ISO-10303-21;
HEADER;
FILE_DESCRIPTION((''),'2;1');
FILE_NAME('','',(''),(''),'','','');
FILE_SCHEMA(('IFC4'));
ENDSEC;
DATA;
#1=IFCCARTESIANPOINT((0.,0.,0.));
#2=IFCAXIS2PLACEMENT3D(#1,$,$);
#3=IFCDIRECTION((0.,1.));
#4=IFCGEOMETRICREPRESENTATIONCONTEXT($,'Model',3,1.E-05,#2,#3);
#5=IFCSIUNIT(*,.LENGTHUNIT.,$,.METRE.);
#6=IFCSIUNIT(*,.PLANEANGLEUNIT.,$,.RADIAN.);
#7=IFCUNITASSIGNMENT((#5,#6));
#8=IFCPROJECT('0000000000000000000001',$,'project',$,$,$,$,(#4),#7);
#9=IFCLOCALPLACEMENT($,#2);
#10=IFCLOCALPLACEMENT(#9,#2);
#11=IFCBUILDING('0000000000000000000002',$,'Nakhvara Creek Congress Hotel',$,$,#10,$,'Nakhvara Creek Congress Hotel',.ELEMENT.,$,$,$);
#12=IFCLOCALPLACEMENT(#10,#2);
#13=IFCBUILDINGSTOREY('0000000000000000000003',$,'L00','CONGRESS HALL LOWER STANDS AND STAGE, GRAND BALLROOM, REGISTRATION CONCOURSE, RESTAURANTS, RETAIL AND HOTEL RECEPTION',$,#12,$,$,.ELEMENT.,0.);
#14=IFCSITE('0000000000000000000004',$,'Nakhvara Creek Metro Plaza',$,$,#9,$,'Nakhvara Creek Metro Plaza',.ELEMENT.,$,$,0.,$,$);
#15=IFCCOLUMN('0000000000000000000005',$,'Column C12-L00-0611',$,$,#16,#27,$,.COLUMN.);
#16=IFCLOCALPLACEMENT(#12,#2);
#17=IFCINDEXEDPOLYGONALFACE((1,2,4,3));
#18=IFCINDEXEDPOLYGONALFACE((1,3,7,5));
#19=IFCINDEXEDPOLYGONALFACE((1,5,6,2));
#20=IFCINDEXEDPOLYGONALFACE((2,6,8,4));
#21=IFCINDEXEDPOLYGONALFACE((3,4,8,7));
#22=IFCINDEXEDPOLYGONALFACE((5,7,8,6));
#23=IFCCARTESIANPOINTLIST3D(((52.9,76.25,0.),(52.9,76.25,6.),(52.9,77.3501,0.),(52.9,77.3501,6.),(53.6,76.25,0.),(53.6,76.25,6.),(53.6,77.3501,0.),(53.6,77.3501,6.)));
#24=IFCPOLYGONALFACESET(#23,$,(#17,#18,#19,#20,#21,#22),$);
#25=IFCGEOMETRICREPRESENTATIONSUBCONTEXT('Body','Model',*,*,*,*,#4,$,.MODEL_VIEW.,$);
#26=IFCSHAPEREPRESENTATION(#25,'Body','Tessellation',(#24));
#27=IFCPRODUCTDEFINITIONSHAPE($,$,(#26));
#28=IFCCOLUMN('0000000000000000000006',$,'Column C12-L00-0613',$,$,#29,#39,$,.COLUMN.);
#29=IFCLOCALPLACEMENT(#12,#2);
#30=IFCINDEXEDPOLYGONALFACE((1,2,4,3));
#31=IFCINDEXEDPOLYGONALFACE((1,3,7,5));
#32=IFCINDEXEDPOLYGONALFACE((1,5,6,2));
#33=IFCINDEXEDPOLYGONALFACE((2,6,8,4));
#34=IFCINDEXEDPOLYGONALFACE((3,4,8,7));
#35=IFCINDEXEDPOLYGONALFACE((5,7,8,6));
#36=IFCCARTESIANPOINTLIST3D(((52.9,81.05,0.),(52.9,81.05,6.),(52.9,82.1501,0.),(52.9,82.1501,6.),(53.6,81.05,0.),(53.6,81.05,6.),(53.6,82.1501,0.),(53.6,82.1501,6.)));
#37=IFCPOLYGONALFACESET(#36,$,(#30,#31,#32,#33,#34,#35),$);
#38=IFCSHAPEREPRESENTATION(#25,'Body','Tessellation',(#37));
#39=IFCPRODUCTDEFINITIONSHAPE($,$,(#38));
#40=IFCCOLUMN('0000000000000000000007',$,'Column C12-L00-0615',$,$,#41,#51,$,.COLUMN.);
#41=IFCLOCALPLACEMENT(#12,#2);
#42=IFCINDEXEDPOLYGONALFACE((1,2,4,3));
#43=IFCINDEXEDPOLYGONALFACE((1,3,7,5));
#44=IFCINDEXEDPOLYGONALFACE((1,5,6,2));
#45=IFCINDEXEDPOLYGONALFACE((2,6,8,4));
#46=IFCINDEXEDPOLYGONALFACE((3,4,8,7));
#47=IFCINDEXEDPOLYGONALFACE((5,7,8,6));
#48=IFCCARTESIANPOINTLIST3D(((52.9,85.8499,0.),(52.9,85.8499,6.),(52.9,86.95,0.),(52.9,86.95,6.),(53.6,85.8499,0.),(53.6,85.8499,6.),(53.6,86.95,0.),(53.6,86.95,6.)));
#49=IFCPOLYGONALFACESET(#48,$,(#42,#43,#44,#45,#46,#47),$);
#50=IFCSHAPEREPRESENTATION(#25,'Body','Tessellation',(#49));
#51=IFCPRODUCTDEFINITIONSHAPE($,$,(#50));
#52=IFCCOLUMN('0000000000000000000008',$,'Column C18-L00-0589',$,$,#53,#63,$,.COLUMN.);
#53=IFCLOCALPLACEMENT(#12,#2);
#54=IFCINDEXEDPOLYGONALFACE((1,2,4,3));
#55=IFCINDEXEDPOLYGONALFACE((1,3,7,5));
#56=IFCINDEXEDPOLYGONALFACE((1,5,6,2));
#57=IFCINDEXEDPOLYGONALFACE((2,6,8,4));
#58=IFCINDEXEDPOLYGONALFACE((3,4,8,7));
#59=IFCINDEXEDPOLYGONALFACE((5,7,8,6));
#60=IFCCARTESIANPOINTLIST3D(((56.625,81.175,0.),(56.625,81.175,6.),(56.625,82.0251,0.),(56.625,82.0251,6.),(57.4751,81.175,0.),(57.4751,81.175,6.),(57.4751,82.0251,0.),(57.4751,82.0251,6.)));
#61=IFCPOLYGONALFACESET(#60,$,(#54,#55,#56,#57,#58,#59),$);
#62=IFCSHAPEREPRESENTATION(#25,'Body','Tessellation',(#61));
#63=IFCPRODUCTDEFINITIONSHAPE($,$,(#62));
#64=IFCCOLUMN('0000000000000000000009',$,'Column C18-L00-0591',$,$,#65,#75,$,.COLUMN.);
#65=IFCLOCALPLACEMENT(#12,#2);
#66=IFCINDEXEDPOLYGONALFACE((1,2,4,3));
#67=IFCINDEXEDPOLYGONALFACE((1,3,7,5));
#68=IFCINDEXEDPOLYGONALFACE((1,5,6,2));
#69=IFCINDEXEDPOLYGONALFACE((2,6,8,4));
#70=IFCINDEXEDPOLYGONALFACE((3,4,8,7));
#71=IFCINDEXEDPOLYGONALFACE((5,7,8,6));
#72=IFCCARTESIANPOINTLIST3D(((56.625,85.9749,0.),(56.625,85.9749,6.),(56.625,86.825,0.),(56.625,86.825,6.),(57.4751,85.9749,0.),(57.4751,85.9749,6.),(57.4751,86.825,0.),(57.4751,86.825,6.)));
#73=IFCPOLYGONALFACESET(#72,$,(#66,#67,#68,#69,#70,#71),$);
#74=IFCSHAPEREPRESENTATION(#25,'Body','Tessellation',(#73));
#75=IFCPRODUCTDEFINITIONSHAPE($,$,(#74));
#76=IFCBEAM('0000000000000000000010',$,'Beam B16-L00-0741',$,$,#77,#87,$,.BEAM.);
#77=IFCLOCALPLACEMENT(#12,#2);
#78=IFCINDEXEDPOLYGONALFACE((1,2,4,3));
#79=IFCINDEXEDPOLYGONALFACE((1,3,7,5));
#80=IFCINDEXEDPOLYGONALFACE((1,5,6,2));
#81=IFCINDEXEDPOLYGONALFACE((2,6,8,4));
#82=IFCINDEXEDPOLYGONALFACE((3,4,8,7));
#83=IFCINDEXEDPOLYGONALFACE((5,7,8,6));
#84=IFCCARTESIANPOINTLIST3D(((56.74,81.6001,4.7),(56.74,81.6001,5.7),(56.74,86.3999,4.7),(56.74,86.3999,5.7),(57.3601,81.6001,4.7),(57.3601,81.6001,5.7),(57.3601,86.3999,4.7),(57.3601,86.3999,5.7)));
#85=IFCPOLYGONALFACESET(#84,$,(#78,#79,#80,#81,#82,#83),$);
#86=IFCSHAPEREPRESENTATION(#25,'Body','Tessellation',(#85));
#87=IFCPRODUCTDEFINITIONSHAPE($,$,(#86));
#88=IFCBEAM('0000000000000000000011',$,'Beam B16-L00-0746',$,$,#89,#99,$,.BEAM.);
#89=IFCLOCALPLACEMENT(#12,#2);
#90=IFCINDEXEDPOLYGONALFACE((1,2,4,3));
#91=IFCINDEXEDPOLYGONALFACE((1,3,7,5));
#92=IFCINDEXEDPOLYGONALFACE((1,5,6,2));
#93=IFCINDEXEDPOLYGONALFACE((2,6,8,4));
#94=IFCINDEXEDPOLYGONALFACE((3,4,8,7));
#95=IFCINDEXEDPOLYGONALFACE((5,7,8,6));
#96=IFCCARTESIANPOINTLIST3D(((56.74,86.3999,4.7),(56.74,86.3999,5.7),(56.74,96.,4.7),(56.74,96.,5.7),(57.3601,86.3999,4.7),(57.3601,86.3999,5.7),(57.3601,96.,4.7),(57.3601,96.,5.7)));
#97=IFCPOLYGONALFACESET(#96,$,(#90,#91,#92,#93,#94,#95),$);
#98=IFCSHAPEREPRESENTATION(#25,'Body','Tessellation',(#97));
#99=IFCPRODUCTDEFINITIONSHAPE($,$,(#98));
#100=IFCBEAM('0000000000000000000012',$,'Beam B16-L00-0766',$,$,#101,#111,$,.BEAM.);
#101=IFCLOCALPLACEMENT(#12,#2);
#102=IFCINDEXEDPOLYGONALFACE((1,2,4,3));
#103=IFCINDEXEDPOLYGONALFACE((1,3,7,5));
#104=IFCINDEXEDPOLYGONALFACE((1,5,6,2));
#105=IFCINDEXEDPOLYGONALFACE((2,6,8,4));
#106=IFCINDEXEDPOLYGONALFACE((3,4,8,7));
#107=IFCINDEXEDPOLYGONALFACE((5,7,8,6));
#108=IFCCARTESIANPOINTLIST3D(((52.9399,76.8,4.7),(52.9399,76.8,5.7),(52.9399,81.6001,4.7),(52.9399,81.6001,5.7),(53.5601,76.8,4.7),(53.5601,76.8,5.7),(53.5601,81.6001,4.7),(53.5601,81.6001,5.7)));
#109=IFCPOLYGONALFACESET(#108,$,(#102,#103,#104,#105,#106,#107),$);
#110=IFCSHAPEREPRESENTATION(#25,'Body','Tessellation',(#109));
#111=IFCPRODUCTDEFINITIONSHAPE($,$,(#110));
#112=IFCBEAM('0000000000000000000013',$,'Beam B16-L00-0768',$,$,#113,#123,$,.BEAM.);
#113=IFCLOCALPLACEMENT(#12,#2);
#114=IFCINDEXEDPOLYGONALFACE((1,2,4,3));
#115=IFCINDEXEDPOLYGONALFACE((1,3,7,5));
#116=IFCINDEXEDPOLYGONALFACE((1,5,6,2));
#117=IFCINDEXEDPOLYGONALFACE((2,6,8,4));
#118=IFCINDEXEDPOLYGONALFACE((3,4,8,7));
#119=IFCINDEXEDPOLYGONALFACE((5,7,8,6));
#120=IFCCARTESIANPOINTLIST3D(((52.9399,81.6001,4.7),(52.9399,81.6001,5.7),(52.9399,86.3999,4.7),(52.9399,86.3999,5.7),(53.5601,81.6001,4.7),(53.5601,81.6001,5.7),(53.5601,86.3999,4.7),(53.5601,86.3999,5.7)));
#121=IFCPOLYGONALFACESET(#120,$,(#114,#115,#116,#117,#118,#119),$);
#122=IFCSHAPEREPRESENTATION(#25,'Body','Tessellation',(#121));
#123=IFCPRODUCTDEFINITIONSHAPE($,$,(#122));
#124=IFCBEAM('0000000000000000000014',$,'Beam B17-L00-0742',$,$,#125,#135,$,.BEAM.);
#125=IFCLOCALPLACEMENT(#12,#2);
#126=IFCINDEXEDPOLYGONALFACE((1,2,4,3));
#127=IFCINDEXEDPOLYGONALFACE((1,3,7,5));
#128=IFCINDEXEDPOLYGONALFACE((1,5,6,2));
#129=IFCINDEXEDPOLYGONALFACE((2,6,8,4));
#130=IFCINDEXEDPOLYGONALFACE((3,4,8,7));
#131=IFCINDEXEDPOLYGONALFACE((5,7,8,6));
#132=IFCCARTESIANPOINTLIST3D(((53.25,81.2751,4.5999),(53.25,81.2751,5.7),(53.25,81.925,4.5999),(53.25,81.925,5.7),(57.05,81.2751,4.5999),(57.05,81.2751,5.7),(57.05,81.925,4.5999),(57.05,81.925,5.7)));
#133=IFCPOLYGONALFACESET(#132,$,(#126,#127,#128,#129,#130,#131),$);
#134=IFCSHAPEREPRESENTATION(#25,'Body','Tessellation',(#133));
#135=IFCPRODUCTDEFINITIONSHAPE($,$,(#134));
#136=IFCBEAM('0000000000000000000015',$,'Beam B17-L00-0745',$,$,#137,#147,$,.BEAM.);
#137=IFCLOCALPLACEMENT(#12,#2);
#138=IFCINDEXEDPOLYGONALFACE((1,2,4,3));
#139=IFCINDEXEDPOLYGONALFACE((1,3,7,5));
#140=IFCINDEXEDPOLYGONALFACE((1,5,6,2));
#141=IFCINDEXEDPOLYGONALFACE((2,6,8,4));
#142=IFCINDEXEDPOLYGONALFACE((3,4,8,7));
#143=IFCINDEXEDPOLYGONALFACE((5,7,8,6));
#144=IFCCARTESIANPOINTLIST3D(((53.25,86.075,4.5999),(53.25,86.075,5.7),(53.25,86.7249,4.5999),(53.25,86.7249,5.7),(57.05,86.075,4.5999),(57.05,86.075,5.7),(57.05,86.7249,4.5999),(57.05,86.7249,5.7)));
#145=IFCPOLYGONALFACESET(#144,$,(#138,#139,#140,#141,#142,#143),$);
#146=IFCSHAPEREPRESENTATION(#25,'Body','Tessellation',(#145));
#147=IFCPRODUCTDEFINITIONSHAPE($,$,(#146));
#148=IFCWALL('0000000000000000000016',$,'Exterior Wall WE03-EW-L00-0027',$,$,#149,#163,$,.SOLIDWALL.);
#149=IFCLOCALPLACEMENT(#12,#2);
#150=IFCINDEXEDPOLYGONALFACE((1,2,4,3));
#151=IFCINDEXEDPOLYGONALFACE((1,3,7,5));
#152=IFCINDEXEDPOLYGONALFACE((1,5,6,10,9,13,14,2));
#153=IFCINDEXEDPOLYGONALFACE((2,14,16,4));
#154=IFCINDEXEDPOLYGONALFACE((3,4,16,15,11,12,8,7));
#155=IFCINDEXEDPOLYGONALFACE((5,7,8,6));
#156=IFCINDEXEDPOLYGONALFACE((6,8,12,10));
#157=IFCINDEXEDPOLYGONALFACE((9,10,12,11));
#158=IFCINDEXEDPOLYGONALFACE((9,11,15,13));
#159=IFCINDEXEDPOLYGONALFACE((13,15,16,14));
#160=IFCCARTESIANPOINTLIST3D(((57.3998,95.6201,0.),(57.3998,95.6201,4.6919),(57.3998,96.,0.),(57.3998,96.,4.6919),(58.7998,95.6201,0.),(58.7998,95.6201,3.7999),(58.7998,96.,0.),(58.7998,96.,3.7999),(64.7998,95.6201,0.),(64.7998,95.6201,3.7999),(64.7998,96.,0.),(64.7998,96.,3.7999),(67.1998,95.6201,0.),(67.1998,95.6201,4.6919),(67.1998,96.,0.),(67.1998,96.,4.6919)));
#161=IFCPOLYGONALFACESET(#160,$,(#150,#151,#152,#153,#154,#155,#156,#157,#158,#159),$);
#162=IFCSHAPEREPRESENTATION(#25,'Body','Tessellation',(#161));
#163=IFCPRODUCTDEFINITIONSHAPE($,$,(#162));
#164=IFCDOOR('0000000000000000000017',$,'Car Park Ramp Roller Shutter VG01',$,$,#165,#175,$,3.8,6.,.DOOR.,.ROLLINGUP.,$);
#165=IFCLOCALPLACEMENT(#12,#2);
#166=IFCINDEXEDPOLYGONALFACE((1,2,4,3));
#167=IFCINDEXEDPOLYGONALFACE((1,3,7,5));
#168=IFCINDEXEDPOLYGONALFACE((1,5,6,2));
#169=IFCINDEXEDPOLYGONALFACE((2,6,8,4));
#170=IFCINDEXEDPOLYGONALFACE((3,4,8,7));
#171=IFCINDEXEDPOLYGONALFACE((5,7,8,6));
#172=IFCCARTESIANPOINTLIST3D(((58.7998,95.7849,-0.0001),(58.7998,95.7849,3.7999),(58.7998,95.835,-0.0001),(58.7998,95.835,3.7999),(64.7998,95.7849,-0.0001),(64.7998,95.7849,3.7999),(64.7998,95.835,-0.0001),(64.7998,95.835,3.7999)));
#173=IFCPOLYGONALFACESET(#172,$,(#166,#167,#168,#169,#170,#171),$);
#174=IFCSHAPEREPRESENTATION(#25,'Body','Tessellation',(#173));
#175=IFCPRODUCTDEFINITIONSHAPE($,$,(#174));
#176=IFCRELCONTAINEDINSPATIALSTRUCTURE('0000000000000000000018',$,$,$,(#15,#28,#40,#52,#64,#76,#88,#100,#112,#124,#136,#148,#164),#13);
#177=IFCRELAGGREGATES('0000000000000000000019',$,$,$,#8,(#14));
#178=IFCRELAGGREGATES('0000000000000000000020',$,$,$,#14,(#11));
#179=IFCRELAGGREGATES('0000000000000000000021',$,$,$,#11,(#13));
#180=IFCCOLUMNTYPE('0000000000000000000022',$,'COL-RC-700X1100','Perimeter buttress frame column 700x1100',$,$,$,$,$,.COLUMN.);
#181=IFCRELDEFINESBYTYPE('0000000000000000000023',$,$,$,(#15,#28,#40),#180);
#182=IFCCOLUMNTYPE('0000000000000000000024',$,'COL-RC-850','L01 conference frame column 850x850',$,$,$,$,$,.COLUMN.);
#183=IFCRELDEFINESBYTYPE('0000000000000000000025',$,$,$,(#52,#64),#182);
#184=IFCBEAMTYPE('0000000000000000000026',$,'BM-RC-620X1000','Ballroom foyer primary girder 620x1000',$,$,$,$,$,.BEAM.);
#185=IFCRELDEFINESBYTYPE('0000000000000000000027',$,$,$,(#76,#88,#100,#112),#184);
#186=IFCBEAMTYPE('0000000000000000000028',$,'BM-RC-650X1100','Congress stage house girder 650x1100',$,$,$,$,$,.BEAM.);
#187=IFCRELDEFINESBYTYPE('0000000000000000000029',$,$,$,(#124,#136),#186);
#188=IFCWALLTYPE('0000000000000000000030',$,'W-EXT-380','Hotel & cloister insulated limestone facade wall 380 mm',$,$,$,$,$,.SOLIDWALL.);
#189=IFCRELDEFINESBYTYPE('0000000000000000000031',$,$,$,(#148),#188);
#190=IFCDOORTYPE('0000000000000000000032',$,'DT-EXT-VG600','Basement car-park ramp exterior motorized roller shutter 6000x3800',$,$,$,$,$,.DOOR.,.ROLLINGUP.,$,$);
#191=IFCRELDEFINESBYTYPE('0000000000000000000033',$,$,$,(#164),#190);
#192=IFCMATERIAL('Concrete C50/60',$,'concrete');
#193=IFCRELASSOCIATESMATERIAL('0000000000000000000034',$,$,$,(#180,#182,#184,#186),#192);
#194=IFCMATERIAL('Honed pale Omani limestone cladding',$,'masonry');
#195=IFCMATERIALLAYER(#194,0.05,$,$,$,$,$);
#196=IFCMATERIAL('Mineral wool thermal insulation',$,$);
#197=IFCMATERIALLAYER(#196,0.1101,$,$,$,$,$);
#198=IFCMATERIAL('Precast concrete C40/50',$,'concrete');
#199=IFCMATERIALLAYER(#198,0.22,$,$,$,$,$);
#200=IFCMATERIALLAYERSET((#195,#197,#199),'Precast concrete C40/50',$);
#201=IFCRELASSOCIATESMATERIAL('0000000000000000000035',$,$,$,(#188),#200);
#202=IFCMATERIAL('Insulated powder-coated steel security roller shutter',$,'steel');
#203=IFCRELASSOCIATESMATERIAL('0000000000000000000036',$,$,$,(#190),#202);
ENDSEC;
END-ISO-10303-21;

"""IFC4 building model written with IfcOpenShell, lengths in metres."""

from ifc_helpers import new_model, si_unit, direction, frame, frame_2d, origin, origin_2d, place, context, subcontext, project, spatial, rectangle, extrude, material, layer, layer_set, material_profile, profile_set, type_object, element, fill, save


model = new_model("IFC4")

# Units and contexts
model_context = context("Model", 3, precision=1e-05, world=origin(), true_north=direction((0.0, 1.0)))
body_context = subcontext(model_context, "Body", "Model", "MODEL_VIEW")
ifc_project = project(units=[si_unit("LENGTHUNIT", "METRE"), si_unit("PLANEANGLEUNIT", "RADIAN")], contexts=[model_context])

# Site, building, storey
site_placement = place(None, origin())
site = spatial("IfcSite", under=ifc_project, at=site_placement, Name="Nakhvara Creek Metro Plaza", LongName="Nakhvara Creek Metro Plaza", CompositionType="ELEMENT", RefElevation=0.0)
building_placement = place(site_placement, origin())
building = spatial("IfcBuilding", under=site, at=building_placement, Name="Nakhvara Creek Congress Hotel", LongName="Nakhvara Creek Congress Hotel", CompositionType="ELEMENT")
storey_placement = place(building_placement, origin())
storey = spatial("IfcBuildingStorey", under=building, at=storey_placement, Name="L00", Description="CONGRESS HALL LOWER STANDS AND STAGE, GRAND BALLROOM, REGISTRATION CONCOURSE, RESTAURANTS, RETAIL AND HOTEL RECEPTION", CompositionType="ELEMENT", Elevation=0.0)

# Columns
ifc_material_1 = material(Name="Concrete C50/60", Category="concrete")
ifc_material_profile_1 = material_profile(ifc_material_1, rectangle(XDim=0.7, YDim=1.1001, at=origin_2d()), Name="RC-COL 700x1100", Category="LoadBearing")
ifc_profile_set_1 = profile_set([ifc_material_profile_1], Name="Concrete C50/60")
column_type_1 = type_object("IfcColumnType", Name="COL-RC-700X1100", Description="Perimeter buttress frame column 700x1100", PredefinedType="COLUMN", material=ifc_profile_set_1)
for number, where, z_axis, x_axis, name in (
    (1, (53.25, 76.8, 0.0), (0.0, 0.0, 1.0), (1.0, 0.0, 0.0), "Column C12-L00-0611"),
    (2, (53.25, 81.6001, 0.0), (0.0, 0.0, 1.0), (1.0, 0.0, 0.0), "Column C12-L00-0613"),
    (3, (53.25, 86.3999, 0.0), (0.0, 0.0, 1.0), (1.0, 0.0, 0.0), "Column C12-L00-0615"),
):
    element("IfcColumn", number, at=place(storey_placement, frame(where, z_axis=z_axis, x_axis=x_axis)), inside=storey, type_object=column_type_1, Name=name, PredefinedType="COLUMN", context=body_context, shape_type="SweptSolid", body=[
        extrude(rectangle(XDim=0.7, YDim=1.1001, at=origin_2d()), origin(), (0.0, 0.0, 1.0), 6.0),
    ])
ifc_material_profile_2 = material_profile(ifc_material_1, rectangle(XDim=0.8501, YDim=0.8501, at=origin_2d()), Name="RC-COL 850x850", Category="LoadBearing")
ifc_profile_set_2 = profile_set([ifc_material_profile_2], Name="Concrete C50/60")
column_type_2 = type_object("IfcColumnType", Name="COL-RC-850", Description="L01 conference frame column 850x850", PredefinedType="COLUMN", material=ifc_profile_set_2)
for number, where, z_axis, x_axis, name in (
    (4, (57.05, 81.6001, 0.0), (0.0, 0.0, 1.0), (1.0, 0.0, 0.0), "Column C18-L00-0589"),
    (5, (57.05, 86.3999, 0.0), (0.0, 0.0, 1.0), (1.0, 0.0, 0.0), "Column C18-L00-0591"),
):
    element("IfcColumn", number, at=place(storey_placement, frame(where, z_axis=z_axis, x_axis=x_axis)), inside=storey, type_object=column_type_2, Name=name, PredefinedType="COLUMN", context=body_context, shape_type="SweptSolid", body=[
        extrude(rectangle(XDim=0.8501, YDim=0.8501, at=origin_2d()), origin(), (0.0, 0.0, 1.0), 6.0),
    ])

# Beams
ifc_material_profile_3 = material_profile(ifc_material_1, rectangle(XDim=0.6201, YDim=1.0, at=origin_2d()), Name="RC-BM 620x1000", Category="LoadBearing")
ifc_profile_set_3 = profile_set([ifc_material_profile_3], Name="Concrete C50/60")
beam_type_1 = type_object("IfcBeamType", Name="BM-RC-620X1000", Description="Ballroom foyer primary girder 620x1000", PredefinedType="BEAM", material=ifc_profile_set_3)
beam_1_placement = place(storey_placement, frame((57.05, 81.6001, 5.2), z_axis=(0.0, 1.0, 0.0), x_axis=(-1.0, 0.0, 0.0)))
element("IfcBeam", 6, at=beam_1_placement, inside=storey, type_object=beam_type_1, Name="Beam B16-L00-0741", PredefinedType="BEAM", context=body_context, shape_type="SweptSolid", body=[
    extrude(rectangle(XDim=0.6201, YDim=1.0, at=origin_2d()), origin(), (0.0, 0.0, 1.0), 4.7998),
])
beam_2_placement = place(storey_placement, frame((57.05, 86.3999, 5.2), z_axis=(0.0, 1.0, 0.0), x_axis=(-1.0, 0.0, 0.0)))
element("IfcBeam", 7, at=beam_2_placement, inside=storey, type_object=beam_type_1, Name="Beam B16-L00-0746", PredefinedType="BEAM", context=body_context, shape_type="SweptSolid", body=[
    extrude(rectangle(XDim=0.6201, YDim=1.0, at=origin_2d()), origin(), (0.0, 0.0, 1.0), 9.6001),
])
beam_3_placement = place(storey_placement, frame((53.25, 76.8, 5.2), z_axis=(0.0, 1.0, 0.0), x_axis=(-1.0, 0.0, 0.0)))
element("IfcBeam", 8, at=beam_3_placement, inside=storey, type_object=beam_type_1, Name="Beam B16-L00-0766", PredefinedType="BEAM", context=body_context, shape_type="SweptSolid", body=[
    extrude(rectangle(XDim=0.6201, YDim=1.0, at=origin_2d()), origin(), (0.0, 0.0, 1.0), 4.8),
])
beam_4_placement = place(storey_placement, frame((53.25, 81.6001, 5.2), z_axis=(0.0, 1.0, 0.0), x_axis=(-1.0, 0.0, 0.0)))
element("IfcBeam", 9, at=beam_4_placement, inside=storey, type_object=beam_type_1, Name="Beam B16-L00-0768", PredefinedType="BEAM", context=body_context, shape_type="SweptSolid", body=[
    extrude(rectangle(XDim=0.6201, YDim=1.0, at=origin_2d()), origin(), (0.0, 0.0, 1.0), 4.7998),
])
ifc_material_profile_4 = material_profile(ifc_material_1, rectangle(XDim=0.6499, YDim=1.1001, at=origin_2d()), Name="RC-BM 650x1100", Category="LoadBearing")
ifc_profile_set_4 = profile_set([ifc_material_profile_4], Name="Concrete C50/60")
beam_type_2 = type_object("IfcBeamType", Name="BM-RC-650X1100", Description="Congress stage house girder 650x1100", PredefinedType="BEAM", material=ifc_profile_set_4)
for number, where, z_axis, x_axis, name in (
    (10, (53.25, 81.6001, 5.1499), (1.0, 0.0, 0.0), (0.0, 1.0, 0.0), "Beam B17-L00-0742"),
    (11, (53.25, 86.3999, 5.1499), (1.0, 0.0, 0.0), (0.0, 1.0, 0.0), "Beam B17-L00-0745"),
):
    element("IfcBeam", number, at=place(storey_placement, frame(where, z_axis=z_axis, x_axis=x_axis)), inside=storey, type_object=beam_type_2, Name=name, PredefinedType="BEAM", context=body_context, shape_type="SweptSolid", body=[
        extrude(rectangle(XDim=0.6499, YDim=1.1001, at=origin_2d()), origin(), (0.0, 0.0, 1.0), 3.8),
    ])

# Wall, opening, door
ifc_material_2 = material(Name="Honed pale Omani limestone cladding", Category="masonry")
ifc_layer_1 = layer(ifc_material_2, 0.05)
ifc_material_3 = material(Name="Mineral wool thermal insulation")
ifc_layer_2 = layer(ifc_material_3, 0.1101)
ifc_material_4 = material(Name="Precast concrete C40/50", Category="concrete")
ifc_layer_3 = layer(ifc_material_4, 0.22)
ifc_layer_set_1 = layer_set([ifc_layer_1, ifc_layer_2, ifc_layer_3], Name="Precast concrete C40/50")
wall_type_1 = type_object("IfcWallType", Name="W-EXT-380", Description="Hotel & cloister insulated limestone facade wall 380 mm", PredefinedType="SOLIDWALL", material=ifc_layer_set_1)
wall_1_placement = place(storey_placement, frame((57.3999, 95.8101, 0.0), z_axis=(0.0, 0.0, 1.0), x_axis=(1.0, 0.0, 0.0)))
wall_1 = element("IfcWall", 12, at=wall_1_placement, inside=storey, type_object=wall_type_1, Name="Exterior Wall WE03-EW-L00-0027", PredefinedType="SOLIDWALL", context=body_context, shape_type="SweptSolid", body=[
    extrude(rectangle(XDim=9.8, YDim=0.3799, at=frame_2d((4.8999, 0.0))), origin(), (0.0, 0.0, 1.0), 4.6919),
])
opening_1_placement = place(wall_1_placement, frame((1.3999, 0.0, 0.0)))
opening_1 = element("IfcOpeningElement", 13, at=opening_1_placement, cuts=wall_1, PredefinedType="OPENING", context=body_context, shape_type="SweptSolid", body=[
    extrude(rectangle(XDim=6.0, YDim=3.8, at=frame_2d((3.0, 1.8999))), frame((0.0, 0.2019, 0.0), z_axis=(0.0, -1.0, 0.0), x_axis=(1.0, 0.0, 0.0)), (0.0, 0.0, 1.0), 0.4038),
])
ifc_material_5 = material(Name="Insulated powder-coated steel security roller shutter", Category="steel")
door_type_1 = type_object("IfcDoorType", Name="DT-EXT-VG600", Description="Basement car-park ramp exterior motorized roller shutter 6000x3800", OperationType="ROLLINGUP", PredefinedType="DOOR", material=ifc_material_5)
door_1_placement = place(opening_1_placement, origin())
door_1 = element("IfcDoor", 14, at=door_1_placement, inside=storey, type_object=door_type_1, Name="Car Park Ramp Roller Shutter VG01", OperationType="ROLLINGUP", OverallHeight=3.8, OverallWidth=6.0, PredefinedType="DOOR", context=body_context, shape_type="SweptSolid", body=[
    extrude(rectangle(XDim=6.0, YDim=3.8, at=frame_2d((3.0, 1.8999))), frame((0.0, 0.0249, 0.0), z_axis=(0.0, -1.0, 0.0), x_axis=(1.0, 0.0, 0.0)), (0.0, 0.0, 1.0), 0.05),
])
fill(opening_1, door_1)

save(model, "model.ifc")
